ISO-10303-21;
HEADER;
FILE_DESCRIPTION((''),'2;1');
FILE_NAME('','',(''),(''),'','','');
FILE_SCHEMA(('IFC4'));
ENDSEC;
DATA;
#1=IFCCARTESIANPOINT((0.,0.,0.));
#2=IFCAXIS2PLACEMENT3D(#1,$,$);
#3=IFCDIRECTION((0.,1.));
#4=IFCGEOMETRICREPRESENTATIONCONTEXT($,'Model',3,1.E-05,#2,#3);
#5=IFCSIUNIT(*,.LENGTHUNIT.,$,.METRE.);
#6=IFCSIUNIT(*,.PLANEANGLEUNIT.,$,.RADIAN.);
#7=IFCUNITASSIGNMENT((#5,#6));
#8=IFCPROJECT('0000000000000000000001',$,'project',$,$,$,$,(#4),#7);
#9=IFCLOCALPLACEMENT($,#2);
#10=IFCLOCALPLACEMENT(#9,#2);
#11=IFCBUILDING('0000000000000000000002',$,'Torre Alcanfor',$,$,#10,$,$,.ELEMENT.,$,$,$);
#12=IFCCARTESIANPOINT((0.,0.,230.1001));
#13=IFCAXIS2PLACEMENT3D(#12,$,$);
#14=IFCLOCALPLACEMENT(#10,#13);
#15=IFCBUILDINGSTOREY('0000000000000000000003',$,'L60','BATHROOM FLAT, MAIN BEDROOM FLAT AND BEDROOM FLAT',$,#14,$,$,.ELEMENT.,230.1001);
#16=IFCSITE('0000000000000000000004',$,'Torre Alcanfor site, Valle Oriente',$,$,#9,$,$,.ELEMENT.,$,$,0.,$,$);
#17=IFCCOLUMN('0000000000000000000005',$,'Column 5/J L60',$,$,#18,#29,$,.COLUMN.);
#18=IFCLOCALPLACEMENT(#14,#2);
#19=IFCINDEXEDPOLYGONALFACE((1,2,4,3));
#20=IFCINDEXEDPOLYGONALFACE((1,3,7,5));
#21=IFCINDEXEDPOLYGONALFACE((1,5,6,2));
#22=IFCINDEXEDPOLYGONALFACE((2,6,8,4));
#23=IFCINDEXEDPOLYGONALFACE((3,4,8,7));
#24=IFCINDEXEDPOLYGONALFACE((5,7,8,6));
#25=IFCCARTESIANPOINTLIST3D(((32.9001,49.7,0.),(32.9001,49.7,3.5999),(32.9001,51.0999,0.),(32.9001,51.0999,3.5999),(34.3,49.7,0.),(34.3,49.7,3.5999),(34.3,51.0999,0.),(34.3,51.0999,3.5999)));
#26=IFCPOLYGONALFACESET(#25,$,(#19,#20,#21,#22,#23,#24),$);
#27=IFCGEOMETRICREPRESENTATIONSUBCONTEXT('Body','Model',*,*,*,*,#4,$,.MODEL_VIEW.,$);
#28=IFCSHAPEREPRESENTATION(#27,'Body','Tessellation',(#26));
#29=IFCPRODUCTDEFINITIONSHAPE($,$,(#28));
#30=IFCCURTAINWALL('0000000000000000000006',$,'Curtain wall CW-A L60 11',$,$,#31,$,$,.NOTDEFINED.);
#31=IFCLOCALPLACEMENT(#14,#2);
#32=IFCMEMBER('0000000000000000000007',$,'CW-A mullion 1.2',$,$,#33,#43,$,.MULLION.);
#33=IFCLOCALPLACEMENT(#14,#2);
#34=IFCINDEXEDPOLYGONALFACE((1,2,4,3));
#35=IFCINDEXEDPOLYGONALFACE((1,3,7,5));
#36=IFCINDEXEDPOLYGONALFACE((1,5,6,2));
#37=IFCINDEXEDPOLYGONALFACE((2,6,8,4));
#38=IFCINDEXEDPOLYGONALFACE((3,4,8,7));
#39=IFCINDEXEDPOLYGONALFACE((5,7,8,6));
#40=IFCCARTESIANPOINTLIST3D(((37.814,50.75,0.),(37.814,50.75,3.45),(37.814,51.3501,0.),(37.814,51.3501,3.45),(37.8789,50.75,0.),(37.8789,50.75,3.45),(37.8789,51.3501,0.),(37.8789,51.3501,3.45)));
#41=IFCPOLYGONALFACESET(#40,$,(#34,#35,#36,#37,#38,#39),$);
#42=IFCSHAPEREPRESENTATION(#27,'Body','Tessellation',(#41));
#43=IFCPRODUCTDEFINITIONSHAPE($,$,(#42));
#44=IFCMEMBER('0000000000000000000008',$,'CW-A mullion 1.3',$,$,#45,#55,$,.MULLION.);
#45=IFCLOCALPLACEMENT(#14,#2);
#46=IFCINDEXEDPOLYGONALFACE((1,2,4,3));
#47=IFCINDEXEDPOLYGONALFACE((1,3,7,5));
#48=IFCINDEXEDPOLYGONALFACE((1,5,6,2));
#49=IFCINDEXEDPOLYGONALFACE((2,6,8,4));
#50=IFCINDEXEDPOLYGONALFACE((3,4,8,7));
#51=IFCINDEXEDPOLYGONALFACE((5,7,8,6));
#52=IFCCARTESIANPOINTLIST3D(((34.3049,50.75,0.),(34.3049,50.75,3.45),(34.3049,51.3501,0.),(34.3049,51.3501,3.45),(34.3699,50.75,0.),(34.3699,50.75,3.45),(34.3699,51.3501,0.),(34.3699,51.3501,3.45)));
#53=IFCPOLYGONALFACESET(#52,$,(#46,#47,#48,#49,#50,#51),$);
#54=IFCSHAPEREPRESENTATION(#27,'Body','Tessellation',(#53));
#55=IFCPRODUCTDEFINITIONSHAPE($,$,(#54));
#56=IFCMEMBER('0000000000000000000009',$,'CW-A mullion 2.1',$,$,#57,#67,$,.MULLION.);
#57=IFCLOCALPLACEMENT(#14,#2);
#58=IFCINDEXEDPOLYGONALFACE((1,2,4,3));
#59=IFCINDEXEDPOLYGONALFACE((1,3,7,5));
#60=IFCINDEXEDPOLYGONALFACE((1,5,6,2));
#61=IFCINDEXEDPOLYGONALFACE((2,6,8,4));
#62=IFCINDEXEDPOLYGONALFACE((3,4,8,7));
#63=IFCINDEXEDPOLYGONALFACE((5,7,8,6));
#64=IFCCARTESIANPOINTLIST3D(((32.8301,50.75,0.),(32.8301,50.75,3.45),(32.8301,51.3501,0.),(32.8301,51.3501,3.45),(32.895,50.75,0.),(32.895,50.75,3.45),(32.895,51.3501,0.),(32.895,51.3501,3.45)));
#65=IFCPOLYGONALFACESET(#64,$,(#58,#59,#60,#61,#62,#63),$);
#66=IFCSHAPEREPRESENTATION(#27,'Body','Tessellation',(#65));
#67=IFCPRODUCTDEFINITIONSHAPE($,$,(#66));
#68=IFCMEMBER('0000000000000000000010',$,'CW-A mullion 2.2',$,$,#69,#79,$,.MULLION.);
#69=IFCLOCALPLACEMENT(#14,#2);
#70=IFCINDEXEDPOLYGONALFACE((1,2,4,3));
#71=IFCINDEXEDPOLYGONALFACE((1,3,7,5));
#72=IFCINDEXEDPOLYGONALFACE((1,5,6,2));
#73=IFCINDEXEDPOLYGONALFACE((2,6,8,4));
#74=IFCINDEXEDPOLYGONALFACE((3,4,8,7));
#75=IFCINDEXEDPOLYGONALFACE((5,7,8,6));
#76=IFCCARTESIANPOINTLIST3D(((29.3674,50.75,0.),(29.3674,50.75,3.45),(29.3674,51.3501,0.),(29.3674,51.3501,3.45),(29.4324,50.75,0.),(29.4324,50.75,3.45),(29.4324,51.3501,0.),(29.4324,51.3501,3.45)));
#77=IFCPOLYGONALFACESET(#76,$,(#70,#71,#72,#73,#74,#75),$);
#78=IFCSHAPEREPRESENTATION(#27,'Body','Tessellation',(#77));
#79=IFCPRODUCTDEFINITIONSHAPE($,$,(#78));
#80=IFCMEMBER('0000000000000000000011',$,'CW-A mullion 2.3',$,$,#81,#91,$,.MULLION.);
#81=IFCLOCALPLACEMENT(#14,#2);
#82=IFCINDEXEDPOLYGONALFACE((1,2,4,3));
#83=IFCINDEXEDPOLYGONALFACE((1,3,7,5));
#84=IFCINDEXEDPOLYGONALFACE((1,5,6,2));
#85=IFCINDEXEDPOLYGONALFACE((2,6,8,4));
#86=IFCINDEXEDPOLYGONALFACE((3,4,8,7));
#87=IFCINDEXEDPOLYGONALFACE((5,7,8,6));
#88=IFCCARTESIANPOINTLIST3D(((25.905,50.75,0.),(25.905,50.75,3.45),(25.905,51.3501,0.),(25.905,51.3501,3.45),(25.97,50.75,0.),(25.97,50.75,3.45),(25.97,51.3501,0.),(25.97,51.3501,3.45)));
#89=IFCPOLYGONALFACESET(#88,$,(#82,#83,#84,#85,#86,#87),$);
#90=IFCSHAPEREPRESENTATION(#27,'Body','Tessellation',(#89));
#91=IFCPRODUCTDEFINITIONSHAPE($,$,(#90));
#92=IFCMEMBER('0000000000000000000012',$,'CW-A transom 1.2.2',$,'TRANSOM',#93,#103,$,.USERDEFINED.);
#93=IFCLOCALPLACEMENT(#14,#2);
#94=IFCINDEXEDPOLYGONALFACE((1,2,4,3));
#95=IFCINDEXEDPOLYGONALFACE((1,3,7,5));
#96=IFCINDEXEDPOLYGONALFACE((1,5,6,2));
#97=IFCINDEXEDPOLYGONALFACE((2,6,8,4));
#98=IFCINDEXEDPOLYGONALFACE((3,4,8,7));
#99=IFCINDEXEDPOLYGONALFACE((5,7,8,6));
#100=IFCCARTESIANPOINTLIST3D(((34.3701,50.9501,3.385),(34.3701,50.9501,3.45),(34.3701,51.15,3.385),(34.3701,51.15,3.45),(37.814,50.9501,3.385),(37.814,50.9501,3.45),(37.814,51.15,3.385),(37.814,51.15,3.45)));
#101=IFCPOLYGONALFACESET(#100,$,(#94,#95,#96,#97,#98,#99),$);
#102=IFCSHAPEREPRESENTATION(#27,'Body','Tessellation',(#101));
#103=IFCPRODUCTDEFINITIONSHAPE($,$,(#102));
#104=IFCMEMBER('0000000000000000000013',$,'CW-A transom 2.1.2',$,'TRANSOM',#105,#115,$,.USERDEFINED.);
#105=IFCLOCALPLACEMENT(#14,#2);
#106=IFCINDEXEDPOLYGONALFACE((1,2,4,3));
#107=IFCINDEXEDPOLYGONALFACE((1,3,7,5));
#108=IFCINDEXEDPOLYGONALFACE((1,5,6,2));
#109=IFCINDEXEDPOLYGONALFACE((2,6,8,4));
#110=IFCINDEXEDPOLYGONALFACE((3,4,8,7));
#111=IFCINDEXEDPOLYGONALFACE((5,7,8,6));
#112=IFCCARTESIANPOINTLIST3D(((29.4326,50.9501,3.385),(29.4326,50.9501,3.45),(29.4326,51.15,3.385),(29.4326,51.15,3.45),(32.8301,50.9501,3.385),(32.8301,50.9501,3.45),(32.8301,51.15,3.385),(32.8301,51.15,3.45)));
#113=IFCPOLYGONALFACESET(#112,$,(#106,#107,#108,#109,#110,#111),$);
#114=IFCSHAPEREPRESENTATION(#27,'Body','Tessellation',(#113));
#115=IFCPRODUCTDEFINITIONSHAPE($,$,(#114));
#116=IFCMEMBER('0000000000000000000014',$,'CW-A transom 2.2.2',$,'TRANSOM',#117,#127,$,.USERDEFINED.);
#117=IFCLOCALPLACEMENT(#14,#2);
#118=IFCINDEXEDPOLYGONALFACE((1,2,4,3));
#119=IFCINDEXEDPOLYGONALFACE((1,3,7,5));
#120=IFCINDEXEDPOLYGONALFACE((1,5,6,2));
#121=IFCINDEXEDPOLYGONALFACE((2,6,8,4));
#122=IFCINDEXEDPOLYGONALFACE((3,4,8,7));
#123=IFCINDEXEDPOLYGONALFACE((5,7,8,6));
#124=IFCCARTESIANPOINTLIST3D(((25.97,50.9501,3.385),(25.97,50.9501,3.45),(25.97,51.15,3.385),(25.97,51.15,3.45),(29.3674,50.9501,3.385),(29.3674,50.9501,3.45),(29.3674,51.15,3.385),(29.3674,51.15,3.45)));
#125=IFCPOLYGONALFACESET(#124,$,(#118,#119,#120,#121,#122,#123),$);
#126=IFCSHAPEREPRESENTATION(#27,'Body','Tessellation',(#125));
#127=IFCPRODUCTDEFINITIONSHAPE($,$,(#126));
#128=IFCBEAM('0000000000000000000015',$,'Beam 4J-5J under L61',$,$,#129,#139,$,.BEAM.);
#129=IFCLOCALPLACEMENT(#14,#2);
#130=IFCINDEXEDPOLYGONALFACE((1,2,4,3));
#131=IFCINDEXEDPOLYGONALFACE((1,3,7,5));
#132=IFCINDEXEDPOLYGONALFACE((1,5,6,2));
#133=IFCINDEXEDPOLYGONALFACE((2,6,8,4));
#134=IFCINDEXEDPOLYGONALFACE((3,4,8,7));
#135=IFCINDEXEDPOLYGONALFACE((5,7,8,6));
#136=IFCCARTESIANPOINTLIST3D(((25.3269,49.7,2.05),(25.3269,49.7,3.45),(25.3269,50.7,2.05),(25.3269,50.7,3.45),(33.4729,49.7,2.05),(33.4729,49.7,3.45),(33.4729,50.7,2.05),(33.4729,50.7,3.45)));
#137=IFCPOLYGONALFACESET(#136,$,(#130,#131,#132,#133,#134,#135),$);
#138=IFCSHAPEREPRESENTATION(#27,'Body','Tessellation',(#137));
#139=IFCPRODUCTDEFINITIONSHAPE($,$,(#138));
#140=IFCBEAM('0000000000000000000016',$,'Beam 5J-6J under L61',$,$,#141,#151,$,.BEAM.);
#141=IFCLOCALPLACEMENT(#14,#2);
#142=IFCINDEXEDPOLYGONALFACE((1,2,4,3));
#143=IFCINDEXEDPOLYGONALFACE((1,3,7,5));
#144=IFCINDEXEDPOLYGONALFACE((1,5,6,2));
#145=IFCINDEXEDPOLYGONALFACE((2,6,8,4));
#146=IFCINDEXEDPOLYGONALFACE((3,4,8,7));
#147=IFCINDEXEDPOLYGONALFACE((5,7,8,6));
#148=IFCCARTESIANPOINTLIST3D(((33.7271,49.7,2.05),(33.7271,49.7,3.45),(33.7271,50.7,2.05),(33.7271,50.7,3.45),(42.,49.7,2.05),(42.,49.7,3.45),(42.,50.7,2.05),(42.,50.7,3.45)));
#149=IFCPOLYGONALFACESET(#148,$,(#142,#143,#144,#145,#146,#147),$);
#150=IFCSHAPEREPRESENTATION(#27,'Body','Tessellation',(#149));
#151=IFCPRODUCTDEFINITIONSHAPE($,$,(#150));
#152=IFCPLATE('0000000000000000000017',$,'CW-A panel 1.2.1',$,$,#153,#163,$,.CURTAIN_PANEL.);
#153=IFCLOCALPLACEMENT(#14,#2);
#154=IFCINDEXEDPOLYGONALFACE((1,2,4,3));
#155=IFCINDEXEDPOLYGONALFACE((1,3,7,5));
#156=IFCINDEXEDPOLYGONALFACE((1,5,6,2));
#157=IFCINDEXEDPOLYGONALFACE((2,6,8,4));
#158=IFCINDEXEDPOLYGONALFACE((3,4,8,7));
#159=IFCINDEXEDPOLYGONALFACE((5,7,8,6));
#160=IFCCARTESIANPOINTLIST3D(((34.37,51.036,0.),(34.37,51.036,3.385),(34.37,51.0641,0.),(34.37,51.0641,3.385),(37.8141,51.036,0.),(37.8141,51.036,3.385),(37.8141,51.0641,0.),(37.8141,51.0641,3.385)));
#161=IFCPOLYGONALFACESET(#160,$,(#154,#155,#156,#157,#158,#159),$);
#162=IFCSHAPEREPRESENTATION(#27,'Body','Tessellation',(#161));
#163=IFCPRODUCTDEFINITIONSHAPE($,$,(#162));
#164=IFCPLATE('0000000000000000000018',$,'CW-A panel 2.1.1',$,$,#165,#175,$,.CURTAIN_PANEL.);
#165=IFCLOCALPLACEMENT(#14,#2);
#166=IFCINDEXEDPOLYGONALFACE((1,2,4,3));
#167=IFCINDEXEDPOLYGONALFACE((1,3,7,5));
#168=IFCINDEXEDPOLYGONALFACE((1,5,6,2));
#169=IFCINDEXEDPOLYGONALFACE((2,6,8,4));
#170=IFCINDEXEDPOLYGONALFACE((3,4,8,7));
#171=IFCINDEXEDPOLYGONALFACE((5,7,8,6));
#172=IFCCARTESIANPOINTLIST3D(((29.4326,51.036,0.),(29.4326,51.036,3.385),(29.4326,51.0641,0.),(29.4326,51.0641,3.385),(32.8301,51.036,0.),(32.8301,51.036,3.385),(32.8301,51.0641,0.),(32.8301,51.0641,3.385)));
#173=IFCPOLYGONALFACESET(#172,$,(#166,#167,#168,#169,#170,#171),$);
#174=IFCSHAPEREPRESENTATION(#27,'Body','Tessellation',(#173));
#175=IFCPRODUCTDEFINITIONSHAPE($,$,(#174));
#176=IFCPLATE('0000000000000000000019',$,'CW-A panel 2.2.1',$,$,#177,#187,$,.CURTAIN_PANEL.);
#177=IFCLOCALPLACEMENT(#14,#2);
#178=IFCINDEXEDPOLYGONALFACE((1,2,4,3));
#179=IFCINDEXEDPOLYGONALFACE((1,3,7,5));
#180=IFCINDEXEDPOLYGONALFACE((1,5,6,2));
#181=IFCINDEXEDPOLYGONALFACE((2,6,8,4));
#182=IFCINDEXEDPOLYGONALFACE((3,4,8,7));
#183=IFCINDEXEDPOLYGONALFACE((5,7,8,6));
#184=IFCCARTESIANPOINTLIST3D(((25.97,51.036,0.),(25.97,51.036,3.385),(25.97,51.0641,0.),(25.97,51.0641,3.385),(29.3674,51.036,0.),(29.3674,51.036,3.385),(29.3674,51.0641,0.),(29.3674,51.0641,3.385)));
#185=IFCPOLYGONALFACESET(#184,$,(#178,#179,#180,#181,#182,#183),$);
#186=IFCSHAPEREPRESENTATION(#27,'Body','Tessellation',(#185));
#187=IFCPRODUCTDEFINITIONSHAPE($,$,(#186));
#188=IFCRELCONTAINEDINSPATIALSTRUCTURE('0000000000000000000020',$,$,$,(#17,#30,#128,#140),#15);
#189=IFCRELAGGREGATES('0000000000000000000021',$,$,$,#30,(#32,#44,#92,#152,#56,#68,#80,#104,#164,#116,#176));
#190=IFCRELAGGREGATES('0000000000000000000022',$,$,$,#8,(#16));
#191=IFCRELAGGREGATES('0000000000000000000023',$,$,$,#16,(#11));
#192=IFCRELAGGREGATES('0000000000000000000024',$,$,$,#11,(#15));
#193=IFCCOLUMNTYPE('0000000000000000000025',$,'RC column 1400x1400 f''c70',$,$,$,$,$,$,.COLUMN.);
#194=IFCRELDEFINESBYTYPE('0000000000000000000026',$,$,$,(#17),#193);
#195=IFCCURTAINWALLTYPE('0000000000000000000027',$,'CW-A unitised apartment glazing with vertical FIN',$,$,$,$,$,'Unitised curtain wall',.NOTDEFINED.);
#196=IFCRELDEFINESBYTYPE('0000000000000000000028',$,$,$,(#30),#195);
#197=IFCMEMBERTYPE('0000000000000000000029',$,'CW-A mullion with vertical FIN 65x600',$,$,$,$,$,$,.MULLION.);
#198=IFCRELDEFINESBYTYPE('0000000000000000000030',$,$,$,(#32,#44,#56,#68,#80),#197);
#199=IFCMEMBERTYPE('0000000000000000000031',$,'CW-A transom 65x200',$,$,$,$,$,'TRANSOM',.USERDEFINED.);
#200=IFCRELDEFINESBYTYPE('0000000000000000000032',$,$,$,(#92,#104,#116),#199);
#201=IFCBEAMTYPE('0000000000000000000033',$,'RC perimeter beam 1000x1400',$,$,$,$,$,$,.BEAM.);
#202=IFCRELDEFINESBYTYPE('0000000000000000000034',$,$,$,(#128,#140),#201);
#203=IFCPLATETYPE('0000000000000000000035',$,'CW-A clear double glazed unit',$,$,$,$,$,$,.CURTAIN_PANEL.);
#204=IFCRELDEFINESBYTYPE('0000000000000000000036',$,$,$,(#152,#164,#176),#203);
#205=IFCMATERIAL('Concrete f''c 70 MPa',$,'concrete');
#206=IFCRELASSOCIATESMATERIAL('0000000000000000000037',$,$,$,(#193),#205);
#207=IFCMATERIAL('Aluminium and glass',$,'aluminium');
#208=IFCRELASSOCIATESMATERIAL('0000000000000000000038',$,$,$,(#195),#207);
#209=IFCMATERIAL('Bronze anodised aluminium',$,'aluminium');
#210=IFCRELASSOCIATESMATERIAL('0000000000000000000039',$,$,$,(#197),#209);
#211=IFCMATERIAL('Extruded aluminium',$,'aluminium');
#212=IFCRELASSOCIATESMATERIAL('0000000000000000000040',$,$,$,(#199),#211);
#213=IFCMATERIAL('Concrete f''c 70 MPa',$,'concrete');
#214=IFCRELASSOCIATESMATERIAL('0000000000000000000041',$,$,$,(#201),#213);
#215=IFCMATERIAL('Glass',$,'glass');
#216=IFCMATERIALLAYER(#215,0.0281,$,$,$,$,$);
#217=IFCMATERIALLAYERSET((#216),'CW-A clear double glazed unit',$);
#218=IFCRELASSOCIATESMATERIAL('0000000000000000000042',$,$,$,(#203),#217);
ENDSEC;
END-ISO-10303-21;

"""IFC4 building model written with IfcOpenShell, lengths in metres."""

from ifc_helpers import new_model, si_unit, direction, frame, origin, origin_2d, place, context, subcontext, project, spatial, rectangle, extrude, material, layer, layer_set, material_profile, profile_set, type_object, element, aggregate, save


model = new_model("IFC4")

# Units and contexts
model_context = context("Model", 3, precision=1e-05, world=origin(), true_north=direction((0.0, 1.0)))
body_context = subcontext(model_context, "Body", "Model", "MODEL_VIEW")
ifc_project = project(units=[si_unit("LENGTHUNIT", "METRE"), si_unit("PLANEANGLEUNIT", "RADIAN")], contexts=[model_context])

# Site, building, storey
site_placement = place(None, origin())
site = spatial("IfcSite", under=ifc_project, at=site_placement, Name="Torre Alcanfor site, Valle Oriente", CompositionType="ELEMENT", RefElevation=0.0)
building_placement = place(site_placement, origin())
building = spatial("IfcBuilding", under=site, at=building_placement, Name="Torre Alcanfor", CompositionType="ELEMENT")
storey_placement = place(building_placement, frame((0.0, 0.0, 230.1001)))
storey = spatial("IfcBuildingStorey", under=building, at=storey_placement, Name="L60", Description="BATHROOM FLAT, MAIN BEDROOM FLAT AND BEDROOM FLAT", CompositionType="ELEMENT", Elevation=230.1001)

# Column
ifc_material_1 = material(Name="Concrete f'c 70 MPa", Category="concrete")
ifc_material_profile_1 = material_profile(ifc_material_1, rectangle(XDim=1.3999, YDim=1.3999, at=origin_2d()), Name="1400x1400")
ifc_profile_set_1 = profile_set([ifc_material_profile_1], Name="Concrete f'c 70 MPa")
column_type = type_object("IfcColumnType", Name="RC column 1400x1400 f'c70", PredefinedType="COLUMN", material=ifc_profile_set_1)
column_placement = place(storey_placement, frame((33.6001, 50.3999, 0.0), z_axis=(0.0, 0.0, 1.0), x_axis=(1.0, 0.0, 0.0)))
element("IfcColumn", 1, at=column_placement, inside=storey, type_object=column_type, Name="Column 5/J L60", PredefinedType="COLUMN", context=body_context, shape_type="SweptSolid", body=[
    extrude(rectangle(XDim=1.3999, YDim=1.3999, at=origin_2d()), origin(), (0.0, 0.0, 1.0), 3.5999),
])

# Curtain wall, members
ifc_material_2 = material(Name="Aluminium and glass", Category="aluminium")
curtain_wall_type = type_object("IfcCurtainWallType", Name="CW-A unitised apartment glazing with vertical FIN", ElementType="Unitised curtain wall", PredefinedType="NOTDEFINED", material=ifc_material_2)
curtain_wall_placement = place(storey_placement, origin())
curtain_wall = element("IfcCurtainWall", 2, at=curtain_wall_placement, inside=storey, type_object=curtain_wall_type, Name="Curtain wall CW-A L60 11", PredefinedType="NOTDEFINED")
ifc_material_3 = material(Name="Bronze anodised aluminium", Category="aluminium")
ifc_material_profile_2 = material_profile(ifc_material_3, rectangle(XDim=0.6001, YDim=0.0649, at=origin_2d()), Name="CW-A mullion 65x600")
ifc_profile_set_2 = profile_set([ifc_material_profile_2], Name="Bronze anodised aluminium")
member_type_1 = type_object("IfcMemberType", Name="CW-A mullion with vertical FIN 65x600", PredefinedType="MULLION", material=ifc_profile_set_2)
member_1_placement = place(storey_placement, frame((37.8464, 51.05, 0.0), z_axis=(0.0, 0.0, 1.0), x_axis=(0.0, -1.0, 0.0)))
member_1 = element("IfcMember", 3, at=member_1_placement, type_object=member_type_1, Name="CW-A mullion 1.2", PredefinedType="MULLION", context=body_context, shape_type="SweptSolid", body=[
    extrude(rectangle(XDim=0.6001, YDim=0.0649, at=origin_2d()), origin(), (0.0, 0.0, 1.0), 3.45),
])
member_2_placement = place(storey_placement, frame((34.3374, 51.05, 0.0), z_axis=(0.0, 0.0, 1.0), x_axis=(0.0, -1.0, 0.0)))
member_2 = element("IfcMember", 4, at=member_2_placement, type_object=member_type_1, Name="CW-A mullion 1.3", PredefinedType="MULLION", context=body_context, shape_type="SweptSolid", body=[
    extrude(rectangle(XDim=0.6001, YDim=0.0649, at=origin_2d()), origin(), (0.0, 0.0, 1.0), 3.45),
])
member_3_placement = place(storey_placement, frame((32.8625, 51.05, 0.0), z_axis=(0.0, 0.0, 1.0), x_axis=(0.0, -1.0, 0.0)))
member_3 = element("IfcMember", 5, at=member_3_placement, type_object=member_type_1, Name="CW-A mullion 2.1", PredefinedType="MULLION", context=body_context, shape_type="SweptSolid", body=[
    extrude(rectangle(XDim=0.6001, YDim=0.0649, at=origin_2d()), origin(), (0.0, 0.0, 1.0), 3.45),
])
member_4_placement = place(storey_placement, frame((29.3999, 51.05, 0.0), z_axis=(0.0, 0.0, 1.0), x_axis=(0.0, -1.0, 0.0)))
member_4 = element("IfcMember", 6, at=member_4_placement, type_object=member_type_1, Name="CW-A mullion 2.2", PredefinedType="MULLION", context=body_context, shape_type="SweptSolid", body=[
    extrude(rectangle(XDim=0.6001, YDim=0.0649, at=origin_2d()), origin(), (0.0, 0.0, 1.0), 3.45),
])
member_5_placement = place(storey_placement, frame((25.9375, 51.05, 0.0), z_axis=(0.0, 0.0, 1.0), x_axis=(0.0, -1.0, 0.0)))
member_5 = element("IfcMember", 7, at=member_5_placement, type_object=member_type_1, Name="CW-A mullion 2.3", PredefinedType="MULLION", context=body_context, shape_type="SweptSolid", body=[
    extrude(rectangle(XDim=0.6001, YDim=0.0649, at=origin_2d()), origin(), (0.0, 0.0, 1.0), 3.45),
])
ifc_material_4 = material(Name="Extruded aluminium", Category="aluminium")
ifc_material_profile_3 = material_profile(ifc_material_4, rectangle(XDim=0.2, YDim=0.0649, at=origin_2d()), Name="CW-A transom 200x65")
ifc_profile_set_3 = profile_set([ifc_material_profile_3], Name="Extruded aluminium")
member_type_2 = type_object("IfcMemberType", Name="CW-A transom 65x200", ElementType="TRANSOM", PredefinedType="USERDEFINED", material=ifc_profile_set_3)
member_6_placement = place(storey_placement, frame((37.814, 51.05, 3.4175), z_axis=(-1.0, 0.0, 0.0), x_axis=(0.0, -1.0, 0.0)))
member_6 = element("IfcMember", 8, at=member_6_placement, type_object=member_type_2, Name="CW-A transom 1.2.2", ObjectType="TRANSOM", PredefinedType="USERDEFINED", context=body_context, shape_type="SweptSolid", body=[
    extrude(rectangle(XDim=0.2, YDim=0.0649, at=origin_2d()), origin(), (0.0, 0.0, 1.0), 3.4438),
])
member_7_placement = place(storey_placement, frame((32.8301, 51.05, 3.4175), z_axis=(-1.0, 0.0, 0.0), x_axis=(0.0, -1.0, 0.0)))
member_7 = element("IfcMember", 9, at=member_7_placement, type_object=member_type_2, Name="CW-A transom 2.1.2", ObjectType="TRANSOM", PredefinedType="USERDEFINED", context=body_context, shape_type="SweptSolid", body=[
    extrude(rectangle(XDim=0.2, YDim=0.0649, at=origin_2d()), origin(), (0.0, 0.0, 1.0), 3.3975),
])
member_8_placement = place(storey_placement, frame((29.3674, 51.05, 3.4175), z_axis=(-1.0, 0.0, 0.0), x_axis=(0.0, -1.0, 0.0)))
member_8 = element("IfcMember", 10, at=member_8_placement, type_object=member_type_2, Name="CW-A transom 2.2.2", ObjectType="TRANSOM", PredefinedType="USERDEFINED", context=body_context, shape_type="SweptSolid", body=[
    extrude(rectangle(XDim=0.2, YDim=0.0649, at=origin_2d()), origin(), (0.0, 0.0, 1.0), 3.3975),
])

# Beams
ifc_material_5 = material(Name="Concrete f'c 70 MPa", Category="concrete")
ifc_material_profile_4 = material_profile(ifc_material_5, rectangle(XDim=1.0, YDim=1.3999, at=origin_2d()), Name="1000x1400")
ifc_profile_set_4 = profile_set([ifc_material_profile_4], Name="Concrete f'c 70 MPa")
beam_type = type_object("IfcBeamType", Name="RC perimeter beam 1000x1400", PredefinedType="BEAM", material=ifc_profile_set_4)
beam_1_placement = place(storey_placement, frame((25.3269, 50.2, 2.75), z_axis=(1.0, 0.0, 0.0), x_axis=(0.0, 1.0, 0.0)))
element("IfcBeam", 11, at=beam_1_placement, inside=storey, type_object=beam_type, Name="Beam 4J-5J under L61", PredefinedType="BEAM", context=body_context, shape_type="SweptSolid", body=[
    extrude(rectangle(XDim=1.0, YDim=1.3999, at=origin_2d()), origin(), (0.0, 0.0, 1.0), 8.146),
])
beam_2_placement = place(storey_placement, frame((33.7271, 50.2, 2.75), z_axis=(1.0, 0.0, 0.0), x_axis=(0.0, 1.0, 0.0)))
element("IfcBeam", 12, at=beam_2_placement, inside=storey, type_object=beam_type, Name="Beam 5J-6J under L61", PredefinedType="BEAM", context=body_context, shape_type="SweptSolid", body=[
    extrude(rectangle(XDim=1.0, YDim=1.3999, at=origin_2d()), origin(), (0.0, 0.0, 1.0), 8.2729),
])

# Plates
ifc_material_6 = material(Name="Glass", Category="glass")
ifc_layer_1 = layer(ifc_material_6, 0.0281)
ifc_layer_set_1 = layer_set([ifc_layer_1], Name="CW-A clear double glazed unit")
plate_type = type_object("IfcPlateType", Name="CW-A clear double glazed unit", PredefinedType="CURTAIN_PANEL", material=ifc_layer_set_1)
plate_1_placement = place(storey_placement, frame((36.092, 51.05, 0.0), z_axis=(0.0, 0.0, 1.0), x_axis=(-1.0, 0.0, 0.0)))
plate_1 = element("IfcPlate", 13, at=plate_1_placement, type_object=plate_type, Name="CW-A panel 1.2.1", PredefinedType="CURTAIN_PANEL", context=body_context, shape_type="SweptSolid", body=[
    extrude(rectangle(XDim=3.4441, YDim=0.0281, at=origin_2d()), origin(), (0.0, 0.0, 1.0), 3.385),
])
plate_2_placement = place(storey_placement, frame((31.1313, 51.05, 0.0), z_axis=(0.0, 0.0, 1.0), x_axis=(-1.0, 0.0, 0.0)))
plate_2 = element("IfcPlate", 14, at=plate_2_placement, type_object=plate_type, Name="CW-A panel 2.1.1", PredefinedType="CURTAIN_PANEL", context=body_context, shape_type="SweptSolid", body=[
    extrude(rectangle(XDim=3.3975, YDim=0.0281, at=origin_2d()), origin(), (0.0, 0.0, 1.0), 3.385),
])
plate_3_placement = place(storey_placement, frame((27.6687, 51.05, 0.0), z_axis=(0.0, 0.0, 1.0), x_axis=(-1.0, 0.0, 0.0)))
plate_3 = element("IfcPlate", 15, at=plate_3_placement, type_object=plate_type, Name="CW-A panel 2.2.1", PredefinedType="CURTAIN_PANEL", context=body_context, shape_type="SweptSolid", body=[
    extrude(rectangle(XDim=3.3975, YDim=0.0281, at=origin_2d()), origin(), (0.0, 0.0, 1.0), 3.385),
])
aggregate(curtain_wall, [member_1, member_2, member_6, plate_1, member_3, member_4, member_5, member_7, plate_2, member_8, plate_3])

save(model, "model.ifc")
